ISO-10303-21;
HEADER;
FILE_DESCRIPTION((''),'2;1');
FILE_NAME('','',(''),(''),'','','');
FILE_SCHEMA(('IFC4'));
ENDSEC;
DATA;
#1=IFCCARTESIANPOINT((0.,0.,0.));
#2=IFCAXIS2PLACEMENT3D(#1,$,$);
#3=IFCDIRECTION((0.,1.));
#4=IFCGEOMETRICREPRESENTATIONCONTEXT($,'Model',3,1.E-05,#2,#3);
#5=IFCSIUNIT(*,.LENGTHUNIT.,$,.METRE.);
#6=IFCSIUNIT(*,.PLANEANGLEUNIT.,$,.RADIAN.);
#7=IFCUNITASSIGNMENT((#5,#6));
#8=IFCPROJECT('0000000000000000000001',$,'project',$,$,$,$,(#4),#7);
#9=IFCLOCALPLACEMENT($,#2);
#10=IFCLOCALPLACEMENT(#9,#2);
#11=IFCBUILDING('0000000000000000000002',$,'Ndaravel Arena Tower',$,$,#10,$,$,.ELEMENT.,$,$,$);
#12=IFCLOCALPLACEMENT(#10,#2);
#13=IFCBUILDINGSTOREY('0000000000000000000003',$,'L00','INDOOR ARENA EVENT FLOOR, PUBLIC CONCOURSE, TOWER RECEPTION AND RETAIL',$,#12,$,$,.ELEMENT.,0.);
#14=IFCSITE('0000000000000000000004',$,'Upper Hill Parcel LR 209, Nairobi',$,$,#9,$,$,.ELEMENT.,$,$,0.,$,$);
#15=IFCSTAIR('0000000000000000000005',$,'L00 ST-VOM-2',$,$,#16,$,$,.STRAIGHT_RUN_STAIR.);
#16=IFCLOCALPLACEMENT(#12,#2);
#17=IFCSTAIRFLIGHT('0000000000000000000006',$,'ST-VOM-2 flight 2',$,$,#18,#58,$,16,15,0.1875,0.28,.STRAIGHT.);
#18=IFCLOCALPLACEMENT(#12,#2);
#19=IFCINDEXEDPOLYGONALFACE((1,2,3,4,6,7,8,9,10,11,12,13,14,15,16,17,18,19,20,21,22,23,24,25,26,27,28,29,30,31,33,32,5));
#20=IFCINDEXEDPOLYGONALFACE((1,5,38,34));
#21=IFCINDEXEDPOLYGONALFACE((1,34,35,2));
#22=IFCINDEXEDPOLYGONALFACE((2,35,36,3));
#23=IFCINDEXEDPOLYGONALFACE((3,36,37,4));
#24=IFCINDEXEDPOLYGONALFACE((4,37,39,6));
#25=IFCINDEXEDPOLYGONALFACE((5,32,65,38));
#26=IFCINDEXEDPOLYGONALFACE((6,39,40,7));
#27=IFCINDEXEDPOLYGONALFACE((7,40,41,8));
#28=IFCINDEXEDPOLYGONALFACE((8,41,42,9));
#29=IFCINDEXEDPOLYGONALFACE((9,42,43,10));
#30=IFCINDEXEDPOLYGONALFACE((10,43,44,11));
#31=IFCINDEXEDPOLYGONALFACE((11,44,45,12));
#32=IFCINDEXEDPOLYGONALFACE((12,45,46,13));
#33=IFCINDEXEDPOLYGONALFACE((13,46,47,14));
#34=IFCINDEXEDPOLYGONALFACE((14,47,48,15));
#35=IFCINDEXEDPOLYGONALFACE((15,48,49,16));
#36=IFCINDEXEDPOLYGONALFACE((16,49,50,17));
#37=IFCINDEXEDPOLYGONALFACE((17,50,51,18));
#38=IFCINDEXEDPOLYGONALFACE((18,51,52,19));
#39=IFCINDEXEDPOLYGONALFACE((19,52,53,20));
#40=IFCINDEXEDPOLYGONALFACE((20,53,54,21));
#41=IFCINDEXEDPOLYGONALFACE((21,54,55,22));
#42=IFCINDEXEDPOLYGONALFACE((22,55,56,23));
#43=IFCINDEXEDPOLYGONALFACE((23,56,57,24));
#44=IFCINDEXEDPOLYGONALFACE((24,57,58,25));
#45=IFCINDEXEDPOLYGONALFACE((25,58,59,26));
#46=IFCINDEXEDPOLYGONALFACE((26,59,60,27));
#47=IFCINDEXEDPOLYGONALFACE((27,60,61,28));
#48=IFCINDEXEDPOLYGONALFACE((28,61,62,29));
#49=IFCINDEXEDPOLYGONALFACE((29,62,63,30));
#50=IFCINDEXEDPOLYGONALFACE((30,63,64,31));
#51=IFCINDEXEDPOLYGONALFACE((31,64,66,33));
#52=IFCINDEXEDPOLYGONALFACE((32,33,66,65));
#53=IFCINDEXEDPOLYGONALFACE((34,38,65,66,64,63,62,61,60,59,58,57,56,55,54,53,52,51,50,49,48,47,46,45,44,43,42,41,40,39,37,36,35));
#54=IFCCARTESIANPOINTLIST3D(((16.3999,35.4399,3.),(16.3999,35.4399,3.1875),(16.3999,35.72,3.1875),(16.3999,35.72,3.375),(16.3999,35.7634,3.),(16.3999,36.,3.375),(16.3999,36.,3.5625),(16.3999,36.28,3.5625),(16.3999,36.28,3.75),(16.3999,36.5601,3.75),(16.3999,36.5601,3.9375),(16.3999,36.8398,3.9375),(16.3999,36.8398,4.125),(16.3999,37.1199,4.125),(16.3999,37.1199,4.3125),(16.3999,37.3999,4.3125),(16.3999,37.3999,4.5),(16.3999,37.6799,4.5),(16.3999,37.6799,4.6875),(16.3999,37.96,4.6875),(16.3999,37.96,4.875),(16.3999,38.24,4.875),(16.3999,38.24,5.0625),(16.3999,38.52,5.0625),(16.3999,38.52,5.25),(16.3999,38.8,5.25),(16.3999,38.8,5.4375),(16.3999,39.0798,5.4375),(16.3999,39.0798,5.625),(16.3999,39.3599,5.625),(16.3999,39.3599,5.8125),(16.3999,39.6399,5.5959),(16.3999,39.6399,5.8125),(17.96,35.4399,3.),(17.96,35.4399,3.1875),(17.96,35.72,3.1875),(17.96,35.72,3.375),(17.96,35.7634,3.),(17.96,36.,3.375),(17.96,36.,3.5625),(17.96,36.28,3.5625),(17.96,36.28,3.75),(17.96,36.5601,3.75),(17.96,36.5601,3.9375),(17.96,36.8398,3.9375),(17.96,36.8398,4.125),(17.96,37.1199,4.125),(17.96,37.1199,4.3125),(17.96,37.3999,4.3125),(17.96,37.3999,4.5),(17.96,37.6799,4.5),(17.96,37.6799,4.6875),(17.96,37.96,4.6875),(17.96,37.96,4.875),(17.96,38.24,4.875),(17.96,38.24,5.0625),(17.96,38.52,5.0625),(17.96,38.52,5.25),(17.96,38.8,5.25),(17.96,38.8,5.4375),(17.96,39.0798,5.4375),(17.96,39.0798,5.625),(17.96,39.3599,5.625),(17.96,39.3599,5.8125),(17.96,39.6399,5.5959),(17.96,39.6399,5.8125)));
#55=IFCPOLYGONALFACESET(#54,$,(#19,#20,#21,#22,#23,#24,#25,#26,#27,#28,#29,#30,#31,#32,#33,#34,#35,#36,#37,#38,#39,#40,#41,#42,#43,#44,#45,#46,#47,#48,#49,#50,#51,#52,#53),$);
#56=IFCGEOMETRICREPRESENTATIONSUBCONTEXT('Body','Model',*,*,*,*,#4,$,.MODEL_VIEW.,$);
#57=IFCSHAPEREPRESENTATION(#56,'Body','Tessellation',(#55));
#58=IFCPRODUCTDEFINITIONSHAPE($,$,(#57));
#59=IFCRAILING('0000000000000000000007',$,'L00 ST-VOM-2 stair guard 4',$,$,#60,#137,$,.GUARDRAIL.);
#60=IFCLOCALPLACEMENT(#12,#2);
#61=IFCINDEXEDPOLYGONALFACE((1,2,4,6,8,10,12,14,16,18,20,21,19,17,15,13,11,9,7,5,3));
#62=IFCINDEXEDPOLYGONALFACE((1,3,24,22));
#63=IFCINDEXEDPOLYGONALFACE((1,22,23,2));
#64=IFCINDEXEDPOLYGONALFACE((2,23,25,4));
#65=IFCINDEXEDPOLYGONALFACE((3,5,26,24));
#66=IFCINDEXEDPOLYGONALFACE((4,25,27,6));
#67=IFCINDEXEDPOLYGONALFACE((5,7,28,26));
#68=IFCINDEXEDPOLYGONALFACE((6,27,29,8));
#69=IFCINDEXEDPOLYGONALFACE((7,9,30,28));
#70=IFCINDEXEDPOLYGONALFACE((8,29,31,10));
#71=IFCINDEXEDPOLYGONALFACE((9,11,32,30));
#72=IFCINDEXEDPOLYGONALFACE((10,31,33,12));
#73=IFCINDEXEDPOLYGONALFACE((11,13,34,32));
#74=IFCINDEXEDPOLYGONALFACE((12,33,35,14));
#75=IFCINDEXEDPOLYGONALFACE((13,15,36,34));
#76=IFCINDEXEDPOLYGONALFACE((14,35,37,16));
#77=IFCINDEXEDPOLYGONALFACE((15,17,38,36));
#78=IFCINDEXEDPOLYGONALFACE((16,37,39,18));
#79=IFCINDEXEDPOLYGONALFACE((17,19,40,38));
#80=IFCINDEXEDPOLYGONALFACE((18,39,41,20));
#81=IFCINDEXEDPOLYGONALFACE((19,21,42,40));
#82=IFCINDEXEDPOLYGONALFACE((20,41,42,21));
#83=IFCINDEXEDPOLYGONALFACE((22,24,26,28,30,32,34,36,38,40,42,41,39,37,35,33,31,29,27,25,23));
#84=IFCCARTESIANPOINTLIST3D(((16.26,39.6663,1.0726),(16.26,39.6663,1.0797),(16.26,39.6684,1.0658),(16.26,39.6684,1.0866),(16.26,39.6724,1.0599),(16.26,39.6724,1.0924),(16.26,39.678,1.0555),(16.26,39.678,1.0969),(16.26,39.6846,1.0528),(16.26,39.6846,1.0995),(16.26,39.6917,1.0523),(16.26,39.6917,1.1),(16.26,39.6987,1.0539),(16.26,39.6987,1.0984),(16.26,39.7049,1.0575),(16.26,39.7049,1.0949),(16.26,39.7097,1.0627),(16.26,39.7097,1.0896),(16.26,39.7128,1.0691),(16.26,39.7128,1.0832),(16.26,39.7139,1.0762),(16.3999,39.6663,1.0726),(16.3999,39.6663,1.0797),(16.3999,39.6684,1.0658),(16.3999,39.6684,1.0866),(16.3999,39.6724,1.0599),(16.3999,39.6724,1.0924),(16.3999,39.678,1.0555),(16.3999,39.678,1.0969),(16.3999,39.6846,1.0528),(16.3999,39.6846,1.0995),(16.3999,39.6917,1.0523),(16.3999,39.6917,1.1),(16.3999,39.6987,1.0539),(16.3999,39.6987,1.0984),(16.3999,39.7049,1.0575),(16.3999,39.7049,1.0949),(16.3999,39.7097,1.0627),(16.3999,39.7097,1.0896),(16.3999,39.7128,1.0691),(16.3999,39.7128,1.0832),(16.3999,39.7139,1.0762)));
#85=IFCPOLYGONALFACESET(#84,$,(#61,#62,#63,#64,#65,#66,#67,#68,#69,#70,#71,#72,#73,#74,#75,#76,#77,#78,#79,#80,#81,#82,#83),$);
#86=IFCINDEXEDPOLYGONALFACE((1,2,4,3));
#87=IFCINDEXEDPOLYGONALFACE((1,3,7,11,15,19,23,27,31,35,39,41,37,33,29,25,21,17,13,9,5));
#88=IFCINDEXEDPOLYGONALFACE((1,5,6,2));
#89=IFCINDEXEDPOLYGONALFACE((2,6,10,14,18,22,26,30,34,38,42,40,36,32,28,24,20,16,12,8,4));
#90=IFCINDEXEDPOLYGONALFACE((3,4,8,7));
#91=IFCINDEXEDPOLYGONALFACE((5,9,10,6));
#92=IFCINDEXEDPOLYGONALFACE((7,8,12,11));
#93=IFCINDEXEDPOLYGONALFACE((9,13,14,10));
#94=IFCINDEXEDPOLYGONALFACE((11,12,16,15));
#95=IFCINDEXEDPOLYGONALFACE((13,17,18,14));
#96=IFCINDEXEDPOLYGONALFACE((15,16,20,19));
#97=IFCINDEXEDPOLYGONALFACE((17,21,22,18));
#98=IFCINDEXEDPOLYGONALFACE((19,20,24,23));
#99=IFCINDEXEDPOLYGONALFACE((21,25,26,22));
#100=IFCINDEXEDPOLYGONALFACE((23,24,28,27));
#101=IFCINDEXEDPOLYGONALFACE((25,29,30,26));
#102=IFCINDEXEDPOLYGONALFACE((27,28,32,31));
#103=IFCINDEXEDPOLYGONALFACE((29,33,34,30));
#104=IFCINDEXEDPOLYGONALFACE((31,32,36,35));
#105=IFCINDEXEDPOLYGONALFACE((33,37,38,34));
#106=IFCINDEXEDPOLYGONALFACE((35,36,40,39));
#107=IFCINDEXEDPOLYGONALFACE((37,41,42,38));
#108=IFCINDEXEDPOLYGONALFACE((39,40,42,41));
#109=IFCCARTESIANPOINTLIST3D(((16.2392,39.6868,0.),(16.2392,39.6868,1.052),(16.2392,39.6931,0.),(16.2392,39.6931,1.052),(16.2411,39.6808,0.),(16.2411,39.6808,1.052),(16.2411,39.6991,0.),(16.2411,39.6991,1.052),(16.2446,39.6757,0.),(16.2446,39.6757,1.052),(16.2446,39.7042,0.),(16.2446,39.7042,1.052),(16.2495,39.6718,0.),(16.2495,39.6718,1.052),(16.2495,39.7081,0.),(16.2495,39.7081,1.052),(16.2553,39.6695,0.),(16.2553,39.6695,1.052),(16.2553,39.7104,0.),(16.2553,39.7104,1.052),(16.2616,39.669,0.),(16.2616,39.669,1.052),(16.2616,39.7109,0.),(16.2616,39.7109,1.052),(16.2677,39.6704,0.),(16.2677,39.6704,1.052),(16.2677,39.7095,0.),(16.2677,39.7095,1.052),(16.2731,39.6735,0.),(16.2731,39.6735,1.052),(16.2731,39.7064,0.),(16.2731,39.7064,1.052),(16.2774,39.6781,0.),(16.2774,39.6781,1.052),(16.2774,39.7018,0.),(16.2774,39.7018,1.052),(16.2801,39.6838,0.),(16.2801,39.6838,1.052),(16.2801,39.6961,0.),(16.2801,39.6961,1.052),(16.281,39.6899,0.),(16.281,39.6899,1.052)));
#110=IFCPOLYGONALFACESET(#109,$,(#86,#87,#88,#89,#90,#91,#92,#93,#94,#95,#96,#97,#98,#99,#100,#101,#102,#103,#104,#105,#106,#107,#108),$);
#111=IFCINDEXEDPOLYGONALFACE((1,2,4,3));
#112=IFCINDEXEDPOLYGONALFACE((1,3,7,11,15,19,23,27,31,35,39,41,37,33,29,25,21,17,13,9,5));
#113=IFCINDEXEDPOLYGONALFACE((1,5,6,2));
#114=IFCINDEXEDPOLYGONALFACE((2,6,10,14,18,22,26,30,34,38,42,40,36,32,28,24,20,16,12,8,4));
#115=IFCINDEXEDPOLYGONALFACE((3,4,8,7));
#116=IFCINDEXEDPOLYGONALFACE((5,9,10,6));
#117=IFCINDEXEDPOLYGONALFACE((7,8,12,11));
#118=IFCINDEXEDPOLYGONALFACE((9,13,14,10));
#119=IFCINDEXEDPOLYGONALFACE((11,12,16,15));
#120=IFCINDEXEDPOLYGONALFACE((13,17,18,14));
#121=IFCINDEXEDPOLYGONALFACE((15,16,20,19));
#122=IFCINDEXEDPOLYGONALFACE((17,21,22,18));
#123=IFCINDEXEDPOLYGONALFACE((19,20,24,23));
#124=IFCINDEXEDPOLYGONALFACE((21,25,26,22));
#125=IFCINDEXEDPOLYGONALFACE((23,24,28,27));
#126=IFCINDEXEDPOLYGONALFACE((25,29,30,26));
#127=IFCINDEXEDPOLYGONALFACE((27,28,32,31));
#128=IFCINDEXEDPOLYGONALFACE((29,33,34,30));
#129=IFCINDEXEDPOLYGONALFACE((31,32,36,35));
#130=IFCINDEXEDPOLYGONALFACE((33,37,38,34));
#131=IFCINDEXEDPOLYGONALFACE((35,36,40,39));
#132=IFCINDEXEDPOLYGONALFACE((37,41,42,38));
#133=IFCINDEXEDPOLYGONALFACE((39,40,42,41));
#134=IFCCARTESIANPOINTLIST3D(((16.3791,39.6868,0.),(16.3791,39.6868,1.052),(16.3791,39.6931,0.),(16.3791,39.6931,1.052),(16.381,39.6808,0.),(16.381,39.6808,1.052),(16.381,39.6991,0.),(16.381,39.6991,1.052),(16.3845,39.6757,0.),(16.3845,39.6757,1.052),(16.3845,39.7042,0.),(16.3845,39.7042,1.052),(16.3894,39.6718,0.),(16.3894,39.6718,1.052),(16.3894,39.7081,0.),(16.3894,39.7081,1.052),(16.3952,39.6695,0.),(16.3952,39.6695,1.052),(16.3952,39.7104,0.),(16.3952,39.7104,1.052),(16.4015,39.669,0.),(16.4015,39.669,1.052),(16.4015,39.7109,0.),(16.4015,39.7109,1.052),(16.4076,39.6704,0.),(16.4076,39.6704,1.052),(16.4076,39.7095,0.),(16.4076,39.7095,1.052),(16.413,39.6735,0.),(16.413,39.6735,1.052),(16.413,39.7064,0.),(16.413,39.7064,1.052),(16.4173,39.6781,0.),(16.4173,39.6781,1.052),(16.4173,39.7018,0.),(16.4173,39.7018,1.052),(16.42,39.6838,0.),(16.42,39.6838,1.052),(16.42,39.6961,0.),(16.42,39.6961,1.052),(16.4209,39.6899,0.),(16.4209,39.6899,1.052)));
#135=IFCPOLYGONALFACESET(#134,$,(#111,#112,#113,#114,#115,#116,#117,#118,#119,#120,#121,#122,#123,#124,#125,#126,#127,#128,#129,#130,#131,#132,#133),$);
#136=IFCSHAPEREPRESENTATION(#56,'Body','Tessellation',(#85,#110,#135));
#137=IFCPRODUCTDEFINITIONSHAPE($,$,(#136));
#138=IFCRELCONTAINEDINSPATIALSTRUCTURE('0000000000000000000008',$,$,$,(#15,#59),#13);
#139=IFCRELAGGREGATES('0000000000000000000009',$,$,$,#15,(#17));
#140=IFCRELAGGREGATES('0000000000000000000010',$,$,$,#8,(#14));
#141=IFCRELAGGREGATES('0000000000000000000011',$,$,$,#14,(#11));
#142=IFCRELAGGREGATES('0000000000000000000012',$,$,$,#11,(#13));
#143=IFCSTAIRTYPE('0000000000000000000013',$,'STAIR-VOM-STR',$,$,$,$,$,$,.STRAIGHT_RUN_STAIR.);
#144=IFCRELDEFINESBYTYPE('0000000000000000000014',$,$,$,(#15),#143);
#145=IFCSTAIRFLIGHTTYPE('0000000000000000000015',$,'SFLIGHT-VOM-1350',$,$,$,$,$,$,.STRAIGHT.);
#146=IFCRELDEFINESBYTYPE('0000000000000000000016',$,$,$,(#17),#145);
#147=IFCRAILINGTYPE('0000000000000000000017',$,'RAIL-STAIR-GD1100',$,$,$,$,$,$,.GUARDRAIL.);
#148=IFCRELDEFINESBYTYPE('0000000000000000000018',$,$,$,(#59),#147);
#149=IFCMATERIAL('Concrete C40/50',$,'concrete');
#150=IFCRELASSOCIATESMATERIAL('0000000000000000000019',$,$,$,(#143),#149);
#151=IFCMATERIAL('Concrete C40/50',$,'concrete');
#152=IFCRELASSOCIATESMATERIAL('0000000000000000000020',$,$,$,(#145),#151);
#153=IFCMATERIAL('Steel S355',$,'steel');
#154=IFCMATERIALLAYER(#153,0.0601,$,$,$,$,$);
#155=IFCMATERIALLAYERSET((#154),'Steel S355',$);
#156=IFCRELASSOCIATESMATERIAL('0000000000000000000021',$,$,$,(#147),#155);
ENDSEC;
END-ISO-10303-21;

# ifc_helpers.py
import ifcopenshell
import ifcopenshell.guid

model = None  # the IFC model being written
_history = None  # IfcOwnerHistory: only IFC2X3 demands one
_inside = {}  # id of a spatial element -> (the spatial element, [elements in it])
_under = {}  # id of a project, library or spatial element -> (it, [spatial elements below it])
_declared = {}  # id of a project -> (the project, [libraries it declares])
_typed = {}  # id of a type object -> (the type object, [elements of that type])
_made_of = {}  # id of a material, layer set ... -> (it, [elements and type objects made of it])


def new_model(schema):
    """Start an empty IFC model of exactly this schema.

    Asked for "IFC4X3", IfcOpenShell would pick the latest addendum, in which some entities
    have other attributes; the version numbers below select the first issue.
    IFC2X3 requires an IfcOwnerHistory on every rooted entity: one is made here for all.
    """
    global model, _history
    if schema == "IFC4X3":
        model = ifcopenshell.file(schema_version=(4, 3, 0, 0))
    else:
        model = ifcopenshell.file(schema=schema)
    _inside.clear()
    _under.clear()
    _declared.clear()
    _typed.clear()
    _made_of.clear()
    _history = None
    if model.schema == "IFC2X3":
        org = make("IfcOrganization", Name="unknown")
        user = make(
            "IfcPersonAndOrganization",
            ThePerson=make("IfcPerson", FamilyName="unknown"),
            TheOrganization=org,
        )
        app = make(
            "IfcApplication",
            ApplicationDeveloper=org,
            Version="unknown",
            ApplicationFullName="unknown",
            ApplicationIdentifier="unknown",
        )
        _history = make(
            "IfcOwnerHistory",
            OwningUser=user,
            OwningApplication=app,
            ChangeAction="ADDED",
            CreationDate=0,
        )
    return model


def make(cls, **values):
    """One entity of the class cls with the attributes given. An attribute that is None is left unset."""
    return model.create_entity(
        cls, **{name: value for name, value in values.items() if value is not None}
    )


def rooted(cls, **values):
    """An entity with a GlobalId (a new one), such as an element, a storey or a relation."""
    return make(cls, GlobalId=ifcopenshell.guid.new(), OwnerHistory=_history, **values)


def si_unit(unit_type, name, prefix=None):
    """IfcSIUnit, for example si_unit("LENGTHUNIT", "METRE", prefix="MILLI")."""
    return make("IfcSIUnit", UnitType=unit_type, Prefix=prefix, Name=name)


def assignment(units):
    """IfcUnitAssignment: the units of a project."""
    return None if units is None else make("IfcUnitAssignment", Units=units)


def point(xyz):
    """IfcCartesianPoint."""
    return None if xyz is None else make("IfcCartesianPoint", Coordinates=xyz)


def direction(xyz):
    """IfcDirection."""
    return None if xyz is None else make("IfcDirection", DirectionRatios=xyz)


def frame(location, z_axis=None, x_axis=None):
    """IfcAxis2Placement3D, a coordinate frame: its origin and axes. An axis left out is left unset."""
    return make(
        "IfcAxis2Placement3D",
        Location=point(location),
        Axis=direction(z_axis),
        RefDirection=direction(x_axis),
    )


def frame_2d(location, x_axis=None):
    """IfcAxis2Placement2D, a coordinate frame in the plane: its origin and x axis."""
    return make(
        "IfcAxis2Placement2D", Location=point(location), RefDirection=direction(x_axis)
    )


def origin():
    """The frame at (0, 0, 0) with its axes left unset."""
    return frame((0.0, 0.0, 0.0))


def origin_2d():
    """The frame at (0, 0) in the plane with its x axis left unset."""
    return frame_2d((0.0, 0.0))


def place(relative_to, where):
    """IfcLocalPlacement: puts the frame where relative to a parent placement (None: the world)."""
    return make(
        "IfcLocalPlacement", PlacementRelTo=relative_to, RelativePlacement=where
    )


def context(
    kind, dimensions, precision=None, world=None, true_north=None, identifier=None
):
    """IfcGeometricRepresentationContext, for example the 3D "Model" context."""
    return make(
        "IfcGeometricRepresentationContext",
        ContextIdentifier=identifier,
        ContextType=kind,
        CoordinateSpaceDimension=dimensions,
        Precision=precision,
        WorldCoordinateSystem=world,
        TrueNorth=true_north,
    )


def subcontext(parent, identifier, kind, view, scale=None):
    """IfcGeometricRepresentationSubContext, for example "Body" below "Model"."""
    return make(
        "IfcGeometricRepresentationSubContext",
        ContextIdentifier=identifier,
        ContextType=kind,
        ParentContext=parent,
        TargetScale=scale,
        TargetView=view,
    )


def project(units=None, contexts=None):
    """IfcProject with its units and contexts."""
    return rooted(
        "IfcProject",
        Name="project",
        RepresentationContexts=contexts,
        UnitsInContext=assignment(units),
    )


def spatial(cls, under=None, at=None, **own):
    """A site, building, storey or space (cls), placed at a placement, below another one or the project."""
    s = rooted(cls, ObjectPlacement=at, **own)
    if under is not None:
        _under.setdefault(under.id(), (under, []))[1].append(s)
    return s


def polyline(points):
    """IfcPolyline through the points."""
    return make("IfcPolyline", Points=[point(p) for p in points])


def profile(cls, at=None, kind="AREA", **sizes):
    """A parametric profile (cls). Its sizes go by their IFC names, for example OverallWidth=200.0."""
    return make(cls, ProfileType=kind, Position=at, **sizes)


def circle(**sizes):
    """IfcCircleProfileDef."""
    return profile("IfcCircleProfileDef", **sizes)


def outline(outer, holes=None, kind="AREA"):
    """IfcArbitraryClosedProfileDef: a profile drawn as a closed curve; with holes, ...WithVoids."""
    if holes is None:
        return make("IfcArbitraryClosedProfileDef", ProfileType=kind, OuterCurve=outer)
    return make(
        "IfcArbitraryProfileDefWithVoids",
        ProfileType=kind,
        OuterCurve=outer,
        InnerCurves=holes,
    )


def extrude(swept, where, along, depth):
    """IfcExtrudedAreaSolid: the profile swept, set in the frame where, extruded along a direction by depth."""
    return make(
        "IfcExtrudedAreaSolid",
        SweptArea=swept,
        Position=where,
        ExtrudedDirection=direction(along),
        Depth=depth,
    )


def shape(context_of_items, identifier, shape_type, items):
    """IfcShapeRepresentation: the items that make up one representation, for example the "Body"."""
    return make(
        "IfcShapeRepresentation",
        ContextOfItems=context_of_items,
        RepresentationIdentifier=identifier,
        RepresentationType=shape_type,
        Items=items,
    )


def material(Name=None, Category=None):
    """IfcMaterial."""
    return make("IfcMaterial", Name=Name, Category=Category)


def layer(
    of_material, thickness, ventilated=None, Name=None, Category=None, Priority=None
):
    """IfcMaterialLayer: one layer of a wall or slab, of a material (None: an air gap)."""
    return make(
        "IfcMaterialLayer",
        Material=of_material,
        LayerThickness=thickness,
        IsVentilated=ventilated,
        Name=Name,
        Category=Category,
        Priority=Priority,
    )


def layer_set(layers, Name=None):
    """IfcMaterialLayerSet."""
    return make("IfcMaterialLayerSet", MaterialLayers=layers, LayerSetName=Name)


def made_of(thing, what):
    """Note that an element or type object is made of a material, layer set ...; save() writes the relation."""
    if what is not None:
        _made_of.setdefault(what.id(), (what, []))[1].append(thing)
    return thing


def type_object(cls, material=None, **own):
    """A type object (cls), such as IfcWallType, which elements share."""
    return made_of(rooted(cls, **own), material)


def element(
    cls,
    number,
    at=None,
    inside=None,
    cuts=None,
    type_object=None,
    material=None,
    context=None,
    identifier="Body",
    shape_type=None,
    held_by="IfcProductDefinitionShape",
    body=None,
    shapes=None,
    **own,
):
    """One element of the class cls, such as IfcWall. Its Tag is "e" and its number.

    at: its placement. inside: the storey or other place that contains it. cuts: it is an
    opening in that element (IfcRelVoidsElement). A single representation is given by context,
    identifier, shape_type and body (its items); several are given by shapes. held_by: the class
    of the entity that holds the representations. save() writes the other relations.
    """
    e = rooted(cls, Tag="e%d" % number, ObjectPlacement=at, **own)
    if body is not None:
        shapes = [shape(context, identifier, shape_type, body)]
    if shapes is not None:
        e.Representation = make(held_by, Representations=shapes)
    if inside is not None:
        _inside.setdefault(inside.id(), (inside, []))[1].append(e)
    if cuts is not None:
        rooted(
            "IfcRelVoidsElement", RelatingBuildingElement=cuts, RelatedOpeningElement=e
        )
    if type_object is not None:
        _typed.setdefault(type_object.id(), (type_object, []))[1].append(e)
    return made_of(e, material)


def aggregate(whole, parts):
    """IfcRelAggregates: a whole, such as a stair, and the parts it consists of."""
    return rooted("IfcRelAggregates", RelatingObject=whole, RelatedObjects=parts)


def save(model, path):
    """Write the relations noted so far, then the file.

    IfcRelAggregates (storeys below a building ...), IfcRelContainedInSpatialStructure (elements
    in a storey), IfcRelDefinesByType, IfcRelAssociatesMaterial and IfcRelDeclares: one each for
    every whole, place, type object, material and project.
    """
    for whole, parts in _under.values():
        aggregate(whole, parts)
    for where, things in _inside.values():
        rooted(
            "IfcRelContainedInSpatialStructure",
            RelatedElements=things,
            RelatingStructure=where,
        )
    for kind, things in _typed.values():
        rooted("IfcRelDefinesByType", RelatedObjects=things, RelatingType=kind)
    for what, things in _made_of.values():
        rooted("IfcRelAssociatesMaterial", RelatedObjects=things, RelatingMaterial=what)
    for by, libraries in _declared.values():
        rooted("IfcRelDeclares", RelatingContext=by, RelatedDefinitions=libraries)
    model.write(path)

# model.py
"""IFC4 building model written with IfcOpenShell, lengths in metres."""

from ifc_helpers import new_model, si_unit, direction, frame, origin, origin_2d, place, context, subcontext, project, spatial, polyline, circle, outline, extrude, material, layer, layer_set, type_object, element, aggregate, save


model = new_model("IFC4")

# Units and contexts
model_context = context("Model", 3, precision=1e-05, world=origin(), true_north=direction((0.0, 1.0)))
body_context = subcontext(model_context, "Body", "Model", "MODEL_VIEW")
ifc_project = project(units=[si_unit("LENGTHUNIT", "METRE"), si_unit("PLANEANGLEUNIT", "RADIAN")], contexts=[model_context])

# Site, building, storey
site_placement = place(None, origin())
site = spatial("IfcSite", under=ifc_project, at=site_placement, Name="Upper Hill Parcel LR 209, Nairobi", CompositionType="ELEMENT", RefElevation=0.0)
building_placement = place(site_placement, origin())
building = spatial("IfcBuilding", under=site, at=building_placement, Name="Ndaravel Arena Tower", CompositionType="ELEMENT")
storey_placement = place(building_placement, origin())
storey = spatial("IfcBuildingStorey", under=building, at=storey_placement, Name="L00", Description="INDOOR ARENA EVENT FLOOR, PUBLIC CONCOURSE, TOWER RECEPTION AND RETAIL", CompositionType="ELEMENT", Elevation=0.0)

# Stair, stair flight
ifc_material_1 = material(Name="Concrete C40/50", Category="concrete")
stair_type = type_object("IfcStairType", Name="STAIR-VOM-STR", PredefinedType="STRAIGHT_RUN_STAIR", material=ifc_material_1)
stair_placement = place(storey_placement, origin())
stair = element("IfcStair", 1, at=stair_placement, inside=storey, type_object=stair_type, Name="L00 ST-VOM-2", PredefinedType="STRAIGHT_RUN_STAIR")
ifc_material_2 = material(Name="Concrete C40/50", Category="concrete")
stair_flight_type = type_object("IfcStairFlightType", Name="SFLIGHT-VOM-1350", PredefinedType="STRAIGHT", material=ifc_material_2)
stair_flight_placement = place(storey_placement, frame((17.1799, 35.4399, 3.0), z_axis=(0.0, 0.0, 1.0), x_axis=(0.0, 1.0, 0.0)))
stair_flight = element("IfcStairFlight", 2, at=stair_flight_placement, type_object=stair_flight_type, Name="ST-VOM-2 flight 2", NumberOfRisers=16, NumberOfTreads=15, PredefinedType="STRAIGHT", RiserHeight=0.1875, TreadLength=0.28, context=body_context, shape_type="SweptSolid", body=[
    extrude(outline(polyline([(0.0, 0.0), (0.0, 0.1875), (0.28, 0.1875), (0.28, 0.375), (0.5601, 0.375), (0.5601, 0.5625), (0.8401, 0.5625), (0.8401, 0.75), (1.1201, 0.75), (1.1201, 0.9375), (1.3999, 0.9375), (1.3999, 1.125), (1.6799, 1.125), (1.6799, 1.3125), (1.96, 1.3125), (1.96, 1.5), (2.24, 1.5), (2.24, 1.6875), (2.52, 1.6875), (2.52, 1.875), (2.8, 1.875), (2.8, 2.0625), (3.0801, 2.0625), (3.0801, 2.25), (3.3601, 2.25), (3.3601, 2.4375), (3.6399, 2.4375), (3.6399, 2.625), (3.9199, 2.625), (3.9199, 2.8125), (4.2, 2.8125), (4.2, 3.0), (4.2, 2.5959), (0.3235, 0.0), (0.0, 0.0)])), frame((0.0, 0.78, 0.0), z_axis=(0.0, -1.0, 0.0), x_axis=(1.0, 0.0, 0.0)), (0.0, 0.0, 1.0), 1.5601),
])
aggregate(stair, [stair_flight])

# Railing
ifc_material_3 = material(Name="Steel S355", Category="steel")
ifc_layer_1 = layer(ifc_material_3, 0.0601)
ifc_layer_set_1 = layer_set([ifc_layer_1], Name="Steel S355")
railing_type_1 = type_object("IfcRailingType", Name="RAIL-STAIR-GD1100", PredefinedType="GUARDRAIL", material=ifc_layer_set_1)
railing_1_placement = place(storey_placement, frame((16.26, 39.6899, 0.0)))
element("IfcRailing", 3, at=railing_1_placement, inside=storey, type_object=railing_type_1, Name="L00 ST-VOM-2 stair guard 4", PredefinedType="GUARDRAIL", context=body_context, shape_type="SweptSolid", body=[
    extrude(circle(Radius=0.0239, at=origin_2d()), frame((0.0, 0.0, 1.0762), z_axis=(1.0, 0.0, 0.0), x_axis=(0.0, 1.0, 0.0)), (0.0, 0.0, 1.0), 0.1399),
    extrude(circle(Radius=0.021, at=origin_2d()), origin(), (0.0, 0.0, 1.0), 1.052),
    extrude(circle(Radius=0.021, at=origin_2d()), frame((0.1399, 0.0, 0.0)), (0.0, 0.0, 1.0), 1.052),
])

save(model, "model.ifc")
